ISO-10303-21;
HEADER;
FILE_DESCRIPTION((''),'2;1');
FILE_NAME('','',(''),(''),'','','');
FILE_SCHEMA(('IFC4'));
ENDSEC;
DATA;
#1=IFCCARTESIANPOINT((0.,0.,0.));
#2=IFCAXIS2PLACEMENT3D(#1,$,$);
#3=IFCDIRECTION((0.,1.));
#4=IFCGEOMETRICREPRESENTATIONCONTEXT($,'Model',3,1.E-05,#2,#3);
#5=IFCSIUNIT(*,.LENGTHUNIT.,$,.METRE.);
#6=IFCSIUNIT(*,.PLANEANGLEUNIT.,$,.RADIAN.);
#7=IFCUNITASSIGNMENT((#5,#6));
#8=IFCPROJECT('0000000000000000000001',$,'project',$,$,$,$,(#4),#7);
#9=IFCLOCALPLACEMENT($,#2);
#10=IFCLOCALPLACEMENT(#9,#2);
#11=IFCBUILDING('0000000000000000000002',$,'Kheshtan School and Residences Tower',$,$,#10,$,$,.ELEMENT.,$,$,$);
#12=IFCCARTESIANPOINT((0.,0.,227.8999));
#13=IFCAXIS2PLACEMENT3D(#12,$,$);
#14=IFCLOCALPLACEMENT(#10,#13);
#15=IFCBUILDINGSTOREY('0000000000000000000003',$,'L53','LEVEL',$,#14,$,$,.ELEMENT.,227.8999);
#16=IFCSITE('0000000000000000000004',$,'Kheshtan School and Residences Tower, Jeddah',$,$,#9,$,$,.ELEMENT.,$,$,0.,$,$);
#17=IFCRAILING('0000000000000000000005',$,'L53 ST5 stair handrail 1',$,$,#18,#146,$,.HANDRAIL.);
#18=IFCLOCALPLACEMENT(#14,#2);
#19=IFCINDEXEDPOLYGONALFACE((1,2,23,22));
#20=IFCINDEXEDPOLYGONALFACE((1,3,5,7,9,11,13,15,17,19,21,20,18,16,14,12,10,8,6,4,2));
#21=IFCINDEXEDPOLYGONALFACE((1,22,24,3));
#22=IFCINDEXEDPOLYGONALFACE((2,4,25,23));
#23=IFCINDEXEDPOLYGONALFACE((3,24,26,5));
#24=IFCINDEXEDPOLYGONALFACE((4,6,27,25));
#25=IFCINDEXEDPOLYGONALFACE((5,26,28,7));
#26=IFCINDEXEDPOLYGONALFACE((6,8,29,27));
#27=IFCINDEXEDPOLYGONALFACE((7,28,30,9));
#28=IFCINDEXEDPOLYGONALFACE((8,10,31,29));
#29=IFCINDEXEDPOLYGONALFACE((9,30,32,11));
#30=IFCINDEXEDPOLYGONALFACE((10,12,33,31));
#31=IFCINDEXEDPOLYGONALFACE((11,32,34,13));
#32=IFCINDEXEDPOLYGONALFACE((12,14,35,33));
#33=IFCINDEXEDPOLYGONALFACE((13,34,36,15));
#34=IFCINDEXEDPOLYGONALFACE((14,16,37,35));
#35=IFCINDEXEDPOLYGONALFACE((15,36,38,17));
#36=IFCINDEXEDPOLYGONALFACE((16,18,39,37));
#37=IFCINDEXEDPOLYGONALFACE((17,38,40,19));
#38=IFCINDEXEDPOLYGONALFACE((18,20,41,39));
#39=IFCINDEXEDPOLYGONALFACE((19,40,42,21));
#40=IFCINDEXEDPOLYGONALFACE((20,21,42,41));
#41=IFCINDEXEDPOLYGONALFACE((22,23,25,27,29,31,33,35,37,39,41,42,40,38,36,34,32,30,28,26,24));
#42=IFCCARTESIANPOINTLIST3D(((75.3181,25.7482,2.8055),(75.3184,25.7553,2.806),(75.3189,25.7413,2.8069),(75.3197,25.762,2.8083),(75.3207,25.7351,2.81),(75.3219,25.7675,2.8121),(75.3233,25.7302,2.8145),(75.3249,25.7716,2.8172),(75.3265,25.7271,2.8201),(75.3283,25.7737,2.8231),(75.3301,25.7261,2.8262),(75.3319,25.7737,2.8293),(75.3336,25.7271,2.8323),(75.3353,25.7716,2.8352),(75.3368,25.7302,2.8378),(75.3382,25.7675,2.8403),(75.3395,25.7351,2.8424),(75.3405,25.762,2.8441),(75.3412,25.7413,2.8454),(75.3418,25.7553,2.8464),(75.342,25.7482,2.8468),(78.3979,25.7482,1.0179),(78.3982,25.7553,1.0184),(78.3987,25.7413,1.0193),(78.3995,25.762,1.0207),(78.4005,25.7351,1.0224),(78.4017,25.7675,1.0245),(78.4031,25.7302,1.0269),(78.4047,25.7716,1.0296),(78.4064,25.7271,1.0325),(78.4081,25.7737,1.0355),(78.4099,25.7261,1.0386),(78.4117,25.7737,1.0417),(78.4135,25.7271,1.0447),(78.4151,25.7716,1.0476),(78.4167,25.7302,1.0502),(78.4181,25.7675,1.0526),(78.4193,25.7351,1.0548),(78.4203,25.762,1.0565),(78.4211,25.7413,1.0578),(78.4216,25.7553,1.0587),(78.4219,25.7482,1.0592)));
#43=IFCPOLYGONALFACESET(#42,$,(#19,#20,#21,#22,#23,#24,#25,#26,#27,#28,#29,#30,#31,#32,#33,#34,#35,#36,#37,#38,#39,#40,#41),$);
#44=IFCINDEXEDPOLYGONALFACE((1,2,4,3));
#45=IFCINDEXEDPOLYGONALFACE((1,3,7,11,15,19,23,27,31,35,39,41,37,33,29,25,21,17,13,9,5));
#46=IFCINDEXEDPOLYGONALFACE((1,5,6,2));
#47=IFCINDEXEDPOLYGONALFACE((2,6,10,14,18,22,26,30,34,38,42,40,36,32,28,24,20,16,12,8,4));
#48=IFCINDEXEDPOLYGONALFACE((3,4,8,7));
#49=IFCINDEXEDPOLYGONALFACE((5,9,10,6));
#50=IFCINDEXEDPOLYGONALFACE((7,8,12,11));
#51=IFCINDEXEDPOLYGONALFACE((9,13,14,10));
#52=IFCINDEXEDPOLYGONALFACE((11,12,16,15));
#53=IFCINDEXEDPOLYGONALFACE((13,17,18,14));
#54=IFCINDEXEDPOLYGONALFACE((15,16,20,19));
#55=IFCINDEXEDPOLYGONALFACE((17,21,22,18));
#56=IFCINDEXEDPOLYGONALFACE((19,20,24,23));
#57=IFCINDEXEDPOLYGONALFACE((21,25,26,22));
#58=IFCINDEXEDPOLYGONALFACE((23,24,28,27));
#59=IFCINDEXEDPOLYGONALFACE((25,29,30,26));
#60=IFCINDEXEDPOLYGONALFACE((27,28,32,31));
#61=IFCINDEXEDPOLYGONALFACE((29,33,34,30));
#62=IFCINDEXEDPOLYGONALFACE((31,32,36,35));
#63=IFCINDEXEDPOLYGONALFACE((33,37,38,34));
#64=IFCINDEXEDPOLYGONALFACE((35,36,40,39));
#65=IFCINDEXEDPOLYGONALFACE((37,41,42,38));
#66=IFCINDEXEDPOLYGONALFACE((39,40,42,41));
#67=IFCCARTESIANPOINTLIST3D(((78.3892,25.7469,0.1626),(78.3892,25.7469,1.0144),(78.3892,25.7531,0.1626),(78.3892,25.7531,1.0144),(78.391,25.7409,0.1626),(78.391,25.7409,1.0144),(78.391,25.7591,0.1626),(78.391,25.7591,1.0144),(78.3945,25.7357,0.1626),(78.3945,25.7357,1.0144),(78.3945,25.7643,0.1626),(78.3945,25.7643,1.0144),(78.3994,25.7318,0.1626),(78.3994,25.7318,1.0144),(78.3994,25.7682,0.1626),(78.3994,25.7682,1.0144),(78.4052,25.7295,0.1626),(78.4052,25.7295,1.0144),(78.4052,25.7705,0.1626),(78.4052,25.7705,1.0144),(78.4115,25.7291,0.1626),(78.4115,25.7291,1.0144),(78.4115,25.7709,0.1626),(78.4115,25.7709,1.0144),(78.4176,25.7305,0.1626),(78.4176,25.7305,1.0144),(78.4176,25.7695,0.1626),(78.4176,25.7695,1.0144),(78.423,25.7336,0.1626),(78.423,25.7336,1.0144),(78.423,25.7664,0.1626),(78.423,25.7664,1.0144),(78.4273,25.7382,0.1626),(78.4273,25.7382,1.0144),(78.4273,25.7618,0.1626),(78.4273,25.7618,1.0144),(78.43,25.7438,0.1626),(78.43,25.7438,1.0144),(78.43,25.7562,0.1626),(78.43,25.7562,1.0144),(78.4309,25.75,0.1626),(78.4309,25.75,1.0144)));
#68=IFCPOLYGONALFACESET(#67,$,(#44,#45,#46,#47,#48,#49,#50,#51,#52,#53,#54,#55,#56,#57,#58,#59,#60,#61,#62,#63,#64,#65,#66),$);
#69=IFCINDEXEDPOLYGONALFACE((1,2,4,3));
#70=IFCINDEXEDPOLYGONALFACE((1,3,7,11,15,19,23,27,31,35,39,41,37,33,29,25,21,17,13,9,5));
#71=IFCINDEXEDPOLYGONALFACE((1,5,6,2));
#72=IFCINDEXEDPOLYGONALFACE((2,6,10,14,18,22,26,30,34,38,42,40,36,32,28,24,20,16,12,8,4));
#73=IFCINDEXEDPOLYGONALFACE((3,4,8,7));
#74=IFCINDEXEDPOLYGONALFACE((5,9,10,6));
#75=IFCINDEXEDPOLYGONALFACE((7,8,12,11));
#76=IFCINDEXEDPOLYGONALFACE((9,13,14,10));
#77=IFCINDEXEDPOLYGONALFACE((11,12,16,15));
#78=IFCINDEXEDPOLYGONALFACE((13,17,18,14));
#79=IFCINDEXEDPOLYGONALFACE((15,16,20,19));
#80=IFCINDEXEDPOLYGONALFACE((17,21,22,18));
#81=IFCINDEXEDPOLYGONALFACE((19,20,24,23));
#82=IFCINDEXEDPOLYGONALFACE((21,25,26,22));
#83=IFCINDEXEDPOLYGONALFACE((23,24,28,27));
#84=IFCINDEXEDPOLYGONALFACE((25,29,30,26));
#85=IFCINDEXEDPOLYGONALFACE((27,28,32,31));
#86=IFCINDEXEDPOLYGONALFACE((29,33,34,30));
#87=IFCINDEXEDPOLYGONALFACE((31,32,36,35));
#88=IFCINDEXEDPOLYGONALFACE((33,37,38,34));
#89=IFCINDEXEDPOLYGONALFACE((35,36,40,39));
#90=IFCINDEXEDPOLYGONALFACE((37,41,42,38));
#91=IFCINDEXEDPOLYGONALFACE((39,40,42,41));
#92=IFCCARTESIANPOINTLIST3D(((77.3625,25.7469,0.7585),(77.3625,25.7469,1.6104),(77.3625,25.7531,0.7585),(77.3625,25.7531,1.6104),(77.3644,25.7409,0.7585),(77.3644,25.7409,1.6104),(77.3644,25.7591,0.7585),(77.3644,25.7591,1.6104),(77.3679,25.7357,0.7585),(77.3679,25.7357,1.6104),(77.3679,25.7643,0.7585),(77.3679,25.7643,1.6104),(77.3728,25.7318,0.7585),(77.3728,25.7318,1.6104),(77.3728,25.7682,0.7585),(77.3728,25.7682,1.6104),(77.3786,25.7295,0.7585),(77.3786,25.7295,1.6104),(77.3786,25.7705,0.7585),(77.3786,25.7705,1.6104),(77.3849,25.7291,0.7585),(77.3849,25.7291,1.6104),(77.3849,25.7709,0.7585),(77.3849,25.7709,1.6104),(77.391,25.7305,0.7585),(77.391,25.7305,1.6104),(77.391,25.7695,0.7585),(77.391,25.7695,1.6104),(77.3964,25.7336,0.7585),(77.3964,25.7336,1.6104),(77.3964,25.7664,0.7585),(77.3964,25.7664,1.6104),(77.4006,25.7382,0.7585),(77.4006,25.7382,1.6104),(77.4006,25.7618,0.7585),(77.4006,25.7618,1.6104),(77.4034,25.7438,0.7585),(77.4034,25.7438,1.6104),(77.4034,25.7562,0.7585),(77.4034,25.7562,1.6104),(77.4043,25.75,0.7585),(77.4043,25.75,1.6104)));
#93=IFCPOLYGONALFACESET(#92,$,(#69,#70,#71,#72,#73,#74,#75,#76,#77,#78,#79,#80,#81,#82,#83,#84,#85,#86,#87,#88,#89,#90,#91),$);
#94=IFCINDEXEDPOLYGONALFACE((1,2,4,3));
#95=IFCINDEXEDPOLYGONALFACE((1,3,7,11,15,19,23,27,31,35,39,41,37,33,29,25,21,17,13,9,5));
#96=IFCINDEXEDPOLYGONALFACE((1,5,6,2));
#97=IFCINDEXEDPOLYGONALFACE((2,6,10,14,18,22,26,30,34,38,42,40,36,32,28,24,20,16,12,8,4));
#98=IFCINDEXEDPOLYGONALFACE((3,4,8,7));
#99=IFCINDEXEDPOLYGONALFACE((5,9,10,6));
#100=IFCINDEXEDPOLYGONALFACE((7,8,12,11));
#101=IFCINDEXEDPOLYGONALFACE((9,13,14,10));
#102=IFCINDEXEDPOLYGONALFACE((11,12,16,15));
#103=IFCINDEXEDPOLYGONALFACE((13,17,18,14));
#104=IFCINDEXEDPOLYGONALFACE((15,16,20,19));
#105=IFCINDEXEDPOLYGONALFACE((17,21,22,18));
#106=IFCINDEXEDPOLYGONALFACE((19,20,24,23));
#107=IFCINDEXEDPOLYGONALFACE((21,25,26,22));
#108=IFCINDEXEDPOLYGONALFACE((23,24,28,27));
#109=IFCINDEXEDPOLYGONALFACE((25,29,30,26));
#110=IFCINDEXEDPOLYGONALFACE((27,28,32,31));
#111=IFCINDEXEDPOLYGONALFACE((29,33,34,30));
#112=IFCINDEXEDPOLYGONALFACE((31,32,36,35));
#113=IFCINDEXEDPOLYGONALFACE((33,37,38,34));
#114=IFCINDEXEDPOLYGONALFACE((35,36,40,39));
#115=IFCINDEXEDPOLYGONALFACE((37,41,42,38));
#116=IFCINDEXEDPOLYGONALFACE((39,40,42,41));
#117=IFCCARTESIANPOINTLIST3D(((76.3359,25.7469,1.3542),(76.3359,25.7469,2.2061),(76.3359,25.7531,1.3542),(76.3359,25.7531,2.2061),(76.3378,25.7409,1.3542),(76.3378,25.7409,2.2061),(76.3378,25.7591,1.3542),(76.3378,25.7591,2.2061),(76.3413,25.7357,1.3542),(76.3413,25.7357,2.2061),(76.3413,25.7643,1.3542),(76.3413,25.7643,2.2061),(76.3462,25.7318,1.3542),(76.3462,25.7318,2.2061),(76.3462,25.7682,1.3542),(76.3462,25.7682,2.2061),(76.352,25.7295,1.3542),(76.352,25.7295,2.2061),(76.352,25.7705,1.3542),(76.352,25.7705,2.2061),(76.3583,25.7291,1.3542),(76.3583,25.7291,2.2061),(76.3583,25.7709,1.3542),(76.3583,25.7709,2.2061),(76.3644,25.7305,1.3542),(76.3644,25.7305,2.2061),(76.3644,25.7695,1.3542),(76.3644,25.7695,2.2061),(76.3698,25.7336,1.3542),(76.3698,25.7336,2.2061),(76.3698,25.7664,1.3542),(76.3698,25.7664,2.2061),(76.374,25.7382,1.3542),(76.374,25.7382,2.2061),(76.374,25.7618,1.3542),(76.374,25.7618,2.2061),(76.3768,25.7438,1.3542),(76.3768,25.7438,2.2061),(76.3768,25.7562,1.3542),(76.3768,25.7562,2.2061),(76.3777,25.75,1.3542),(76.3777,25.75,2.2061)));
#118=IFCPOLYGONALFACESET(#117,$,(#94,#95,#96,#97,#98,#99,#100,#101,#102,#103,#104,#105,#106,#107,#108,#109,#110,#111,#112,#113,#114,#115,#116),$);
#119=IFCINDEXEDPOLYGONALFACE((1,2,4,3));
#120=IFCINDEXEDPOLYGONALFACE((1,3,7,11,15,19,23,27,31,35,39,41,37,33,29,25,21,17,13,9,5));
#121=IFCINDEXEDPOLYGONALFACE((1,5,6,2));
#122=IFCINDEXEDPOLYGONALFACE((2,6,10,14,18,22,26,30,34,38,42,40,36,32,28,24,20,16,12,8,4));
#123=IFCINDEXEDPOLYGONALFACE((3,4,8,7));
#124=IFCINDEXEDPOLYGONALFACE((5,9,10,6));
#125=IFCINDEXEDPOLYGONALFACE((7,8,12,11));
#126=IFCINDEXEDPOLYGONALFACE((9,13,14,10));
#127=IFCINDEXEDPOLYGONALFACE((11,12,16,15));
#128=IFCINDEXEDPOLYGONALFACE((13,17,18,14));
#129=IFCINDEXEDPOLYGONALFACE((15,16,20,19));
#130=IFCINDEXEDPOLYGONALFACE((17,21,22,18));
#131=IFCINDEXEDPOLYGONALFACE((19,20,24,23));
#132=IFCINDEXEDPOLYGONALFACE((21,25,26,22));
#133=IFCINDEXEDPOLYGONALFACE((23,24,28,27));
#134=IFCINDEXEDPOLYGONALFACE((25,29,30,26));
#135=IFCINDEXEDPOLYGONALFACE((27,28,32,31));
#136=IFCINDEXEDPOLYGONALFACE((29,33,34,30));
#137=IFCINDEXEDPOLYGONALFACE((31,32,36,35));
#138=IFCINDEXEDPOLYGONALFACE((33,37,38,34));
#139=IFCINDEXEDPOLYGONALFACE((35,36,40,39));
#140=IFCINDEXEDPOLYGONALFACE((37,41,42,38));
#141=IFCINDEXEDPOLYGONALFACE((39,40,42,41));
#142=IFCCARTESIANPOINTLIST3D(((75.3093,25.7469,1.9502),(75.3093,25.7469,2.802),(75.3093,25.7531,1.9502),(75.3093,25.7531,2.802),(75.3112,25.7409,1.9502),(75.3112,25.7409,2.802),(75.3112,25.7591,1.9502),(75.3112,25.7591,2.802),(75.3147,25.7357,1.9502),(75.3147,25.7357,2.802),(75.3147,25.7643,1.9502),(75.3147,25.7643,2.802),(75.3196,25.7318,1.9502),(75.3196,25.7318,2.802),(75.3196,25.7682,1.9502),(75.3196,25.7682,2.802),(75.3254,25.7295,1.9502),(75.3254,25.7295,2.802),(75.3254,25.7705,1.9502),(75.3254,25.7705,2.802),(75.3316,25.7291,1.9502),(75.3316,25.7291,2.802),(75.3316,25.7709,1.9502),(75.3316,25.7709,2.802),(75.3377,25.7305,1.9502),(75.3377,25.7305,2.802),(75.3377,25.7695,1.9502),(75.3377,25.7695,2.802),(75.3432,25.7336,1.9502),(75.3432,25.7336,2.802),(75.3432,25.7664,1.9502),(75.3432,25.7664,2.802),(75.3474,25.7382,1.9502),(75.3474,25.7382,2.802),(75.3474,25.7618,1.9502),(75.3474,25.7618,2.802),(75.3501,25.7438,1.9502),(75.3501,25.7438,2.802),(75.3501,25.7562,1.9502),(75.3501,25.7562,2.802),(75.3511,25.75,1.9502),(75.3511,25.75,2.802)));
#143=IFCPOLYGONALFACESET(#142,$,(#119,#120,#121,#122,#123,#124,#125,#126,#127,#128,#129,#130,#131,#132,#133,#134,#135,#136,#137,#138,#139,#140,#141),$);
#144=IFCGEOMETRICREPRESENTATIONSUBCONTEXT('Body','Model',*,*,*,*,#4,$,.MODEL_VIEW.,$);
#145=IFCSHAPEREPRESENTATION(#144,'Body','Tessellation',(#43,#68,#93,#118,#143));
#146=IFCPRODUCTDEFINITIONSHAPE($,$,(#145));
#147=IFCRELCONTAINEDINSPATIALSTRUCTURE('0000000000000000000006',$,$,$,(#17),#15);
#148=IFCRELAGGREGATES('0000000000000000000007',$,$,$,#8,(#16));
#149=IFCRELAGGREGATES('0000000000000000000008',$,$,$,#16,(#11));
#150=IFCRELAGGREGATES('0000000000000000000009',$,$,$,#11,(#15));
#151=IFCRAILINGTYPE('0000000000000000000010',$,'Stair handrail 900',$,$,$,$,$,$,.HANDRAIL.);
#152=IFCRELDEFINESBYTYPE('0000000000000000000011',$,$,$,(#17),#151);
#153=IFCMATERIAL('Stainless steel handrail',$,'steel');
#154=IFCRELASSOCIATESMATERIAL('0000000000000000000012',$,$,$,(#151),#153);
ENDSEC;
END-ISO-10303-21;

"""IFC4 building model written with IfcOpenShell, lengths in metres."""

from ifc_helpers import new_model, si_unit, direction, frame, origin, origin_2d, place, context, subcontext, project, spatial, circle, extrude, material, type_object, element, save


model = new_model("IFC4")

# Units and contexts
model_context = context("Model", 3, precision=1e-05, world=origin(), true_north=direction((0.0, 1.0)))
body_context = subcontext(model_context, "Body", "Model", "MODEL_VIEW")
ifc_project = project(units=[si_unit("LENGTHUNIT", "METRE"), si_unit("PLANEANGLEUNIT", "RADIAN")], contexts=[model_context])

# Site, building, storey
site_placement = place(None, origin())
site = spatial("IfcSite", under=ifc_project, at=site_placement, Name="Kheshtan School and Residences Tower, Jeddah", CompositionType="ELEMENT", RefElevation=0.0)
building_placement = place(site_placement, origin())
building = spatial("IfcBuilding", under=site, at=building_placement, Name="Kheshtan School and Residences Tower", CompositionType="ELEMENT")
storey_placement = place(building_placement, frame((0.0, 0.0, 227.8999)))
storey = spatial("IfcBuildingStorey", under=building, at=storey_placement, Name="L53", Description="LEVEL", CompositionType="ELEMENT", Elevation=227.8999)

# Railing
ifc_material_1 = material(Name="Stainless steel handrail", Category="steel")
railing_type_1 = type_object("IfcRailingType", Name="Stair handrail 900", PredefinedType="HANDRAIL", material=ifc_material_1)
railing_1_placement = place(storey_placement, frame((78.4099, 25.75, 0.1626)))
element("IfcRailing", 1, at=railing_1_placement, inside=storey, type_object=railing_type_1, Name="L53 ST5 stair handrail 1", PredefinedType="HANDRAIL", context=body_context, shape_type="SweptSolid", body=[
    extrude(circle(Radius=0.0239, at=origin_2d()), frame((0.0, 0.0, 0.876), z_axis=(-0.864873, 0.0, 0.50199), x_axis=(0.0, -1.0, 0.0)), (0.0, 0.0, 1.0), 3.561),
    extrude(circle(Radius=0.021, at=origin_2d()), origin(), (0.0, 0.0, 1.0), 0.8518),
    extrude(circle(Radius=0.021, at=origin_2d()), frame((-1.0266, 0.0, 0.5959)), (0.0, 0.0, 1.0), 0.8518),
    extrude(circle(Radius=0.021, at=origin_2d()), frame((-2.0532, 0.0, 1.1917)), (0.0, 0.0, 1.0), 0.8518),
    extrude(circle(Radius=0.021, at=origin_2d()), frame((-3.0798, 0.0, 1.7876)), (0.0, 0.0, 1.0), 0.8518),
])

save(model, "model.ifc")
